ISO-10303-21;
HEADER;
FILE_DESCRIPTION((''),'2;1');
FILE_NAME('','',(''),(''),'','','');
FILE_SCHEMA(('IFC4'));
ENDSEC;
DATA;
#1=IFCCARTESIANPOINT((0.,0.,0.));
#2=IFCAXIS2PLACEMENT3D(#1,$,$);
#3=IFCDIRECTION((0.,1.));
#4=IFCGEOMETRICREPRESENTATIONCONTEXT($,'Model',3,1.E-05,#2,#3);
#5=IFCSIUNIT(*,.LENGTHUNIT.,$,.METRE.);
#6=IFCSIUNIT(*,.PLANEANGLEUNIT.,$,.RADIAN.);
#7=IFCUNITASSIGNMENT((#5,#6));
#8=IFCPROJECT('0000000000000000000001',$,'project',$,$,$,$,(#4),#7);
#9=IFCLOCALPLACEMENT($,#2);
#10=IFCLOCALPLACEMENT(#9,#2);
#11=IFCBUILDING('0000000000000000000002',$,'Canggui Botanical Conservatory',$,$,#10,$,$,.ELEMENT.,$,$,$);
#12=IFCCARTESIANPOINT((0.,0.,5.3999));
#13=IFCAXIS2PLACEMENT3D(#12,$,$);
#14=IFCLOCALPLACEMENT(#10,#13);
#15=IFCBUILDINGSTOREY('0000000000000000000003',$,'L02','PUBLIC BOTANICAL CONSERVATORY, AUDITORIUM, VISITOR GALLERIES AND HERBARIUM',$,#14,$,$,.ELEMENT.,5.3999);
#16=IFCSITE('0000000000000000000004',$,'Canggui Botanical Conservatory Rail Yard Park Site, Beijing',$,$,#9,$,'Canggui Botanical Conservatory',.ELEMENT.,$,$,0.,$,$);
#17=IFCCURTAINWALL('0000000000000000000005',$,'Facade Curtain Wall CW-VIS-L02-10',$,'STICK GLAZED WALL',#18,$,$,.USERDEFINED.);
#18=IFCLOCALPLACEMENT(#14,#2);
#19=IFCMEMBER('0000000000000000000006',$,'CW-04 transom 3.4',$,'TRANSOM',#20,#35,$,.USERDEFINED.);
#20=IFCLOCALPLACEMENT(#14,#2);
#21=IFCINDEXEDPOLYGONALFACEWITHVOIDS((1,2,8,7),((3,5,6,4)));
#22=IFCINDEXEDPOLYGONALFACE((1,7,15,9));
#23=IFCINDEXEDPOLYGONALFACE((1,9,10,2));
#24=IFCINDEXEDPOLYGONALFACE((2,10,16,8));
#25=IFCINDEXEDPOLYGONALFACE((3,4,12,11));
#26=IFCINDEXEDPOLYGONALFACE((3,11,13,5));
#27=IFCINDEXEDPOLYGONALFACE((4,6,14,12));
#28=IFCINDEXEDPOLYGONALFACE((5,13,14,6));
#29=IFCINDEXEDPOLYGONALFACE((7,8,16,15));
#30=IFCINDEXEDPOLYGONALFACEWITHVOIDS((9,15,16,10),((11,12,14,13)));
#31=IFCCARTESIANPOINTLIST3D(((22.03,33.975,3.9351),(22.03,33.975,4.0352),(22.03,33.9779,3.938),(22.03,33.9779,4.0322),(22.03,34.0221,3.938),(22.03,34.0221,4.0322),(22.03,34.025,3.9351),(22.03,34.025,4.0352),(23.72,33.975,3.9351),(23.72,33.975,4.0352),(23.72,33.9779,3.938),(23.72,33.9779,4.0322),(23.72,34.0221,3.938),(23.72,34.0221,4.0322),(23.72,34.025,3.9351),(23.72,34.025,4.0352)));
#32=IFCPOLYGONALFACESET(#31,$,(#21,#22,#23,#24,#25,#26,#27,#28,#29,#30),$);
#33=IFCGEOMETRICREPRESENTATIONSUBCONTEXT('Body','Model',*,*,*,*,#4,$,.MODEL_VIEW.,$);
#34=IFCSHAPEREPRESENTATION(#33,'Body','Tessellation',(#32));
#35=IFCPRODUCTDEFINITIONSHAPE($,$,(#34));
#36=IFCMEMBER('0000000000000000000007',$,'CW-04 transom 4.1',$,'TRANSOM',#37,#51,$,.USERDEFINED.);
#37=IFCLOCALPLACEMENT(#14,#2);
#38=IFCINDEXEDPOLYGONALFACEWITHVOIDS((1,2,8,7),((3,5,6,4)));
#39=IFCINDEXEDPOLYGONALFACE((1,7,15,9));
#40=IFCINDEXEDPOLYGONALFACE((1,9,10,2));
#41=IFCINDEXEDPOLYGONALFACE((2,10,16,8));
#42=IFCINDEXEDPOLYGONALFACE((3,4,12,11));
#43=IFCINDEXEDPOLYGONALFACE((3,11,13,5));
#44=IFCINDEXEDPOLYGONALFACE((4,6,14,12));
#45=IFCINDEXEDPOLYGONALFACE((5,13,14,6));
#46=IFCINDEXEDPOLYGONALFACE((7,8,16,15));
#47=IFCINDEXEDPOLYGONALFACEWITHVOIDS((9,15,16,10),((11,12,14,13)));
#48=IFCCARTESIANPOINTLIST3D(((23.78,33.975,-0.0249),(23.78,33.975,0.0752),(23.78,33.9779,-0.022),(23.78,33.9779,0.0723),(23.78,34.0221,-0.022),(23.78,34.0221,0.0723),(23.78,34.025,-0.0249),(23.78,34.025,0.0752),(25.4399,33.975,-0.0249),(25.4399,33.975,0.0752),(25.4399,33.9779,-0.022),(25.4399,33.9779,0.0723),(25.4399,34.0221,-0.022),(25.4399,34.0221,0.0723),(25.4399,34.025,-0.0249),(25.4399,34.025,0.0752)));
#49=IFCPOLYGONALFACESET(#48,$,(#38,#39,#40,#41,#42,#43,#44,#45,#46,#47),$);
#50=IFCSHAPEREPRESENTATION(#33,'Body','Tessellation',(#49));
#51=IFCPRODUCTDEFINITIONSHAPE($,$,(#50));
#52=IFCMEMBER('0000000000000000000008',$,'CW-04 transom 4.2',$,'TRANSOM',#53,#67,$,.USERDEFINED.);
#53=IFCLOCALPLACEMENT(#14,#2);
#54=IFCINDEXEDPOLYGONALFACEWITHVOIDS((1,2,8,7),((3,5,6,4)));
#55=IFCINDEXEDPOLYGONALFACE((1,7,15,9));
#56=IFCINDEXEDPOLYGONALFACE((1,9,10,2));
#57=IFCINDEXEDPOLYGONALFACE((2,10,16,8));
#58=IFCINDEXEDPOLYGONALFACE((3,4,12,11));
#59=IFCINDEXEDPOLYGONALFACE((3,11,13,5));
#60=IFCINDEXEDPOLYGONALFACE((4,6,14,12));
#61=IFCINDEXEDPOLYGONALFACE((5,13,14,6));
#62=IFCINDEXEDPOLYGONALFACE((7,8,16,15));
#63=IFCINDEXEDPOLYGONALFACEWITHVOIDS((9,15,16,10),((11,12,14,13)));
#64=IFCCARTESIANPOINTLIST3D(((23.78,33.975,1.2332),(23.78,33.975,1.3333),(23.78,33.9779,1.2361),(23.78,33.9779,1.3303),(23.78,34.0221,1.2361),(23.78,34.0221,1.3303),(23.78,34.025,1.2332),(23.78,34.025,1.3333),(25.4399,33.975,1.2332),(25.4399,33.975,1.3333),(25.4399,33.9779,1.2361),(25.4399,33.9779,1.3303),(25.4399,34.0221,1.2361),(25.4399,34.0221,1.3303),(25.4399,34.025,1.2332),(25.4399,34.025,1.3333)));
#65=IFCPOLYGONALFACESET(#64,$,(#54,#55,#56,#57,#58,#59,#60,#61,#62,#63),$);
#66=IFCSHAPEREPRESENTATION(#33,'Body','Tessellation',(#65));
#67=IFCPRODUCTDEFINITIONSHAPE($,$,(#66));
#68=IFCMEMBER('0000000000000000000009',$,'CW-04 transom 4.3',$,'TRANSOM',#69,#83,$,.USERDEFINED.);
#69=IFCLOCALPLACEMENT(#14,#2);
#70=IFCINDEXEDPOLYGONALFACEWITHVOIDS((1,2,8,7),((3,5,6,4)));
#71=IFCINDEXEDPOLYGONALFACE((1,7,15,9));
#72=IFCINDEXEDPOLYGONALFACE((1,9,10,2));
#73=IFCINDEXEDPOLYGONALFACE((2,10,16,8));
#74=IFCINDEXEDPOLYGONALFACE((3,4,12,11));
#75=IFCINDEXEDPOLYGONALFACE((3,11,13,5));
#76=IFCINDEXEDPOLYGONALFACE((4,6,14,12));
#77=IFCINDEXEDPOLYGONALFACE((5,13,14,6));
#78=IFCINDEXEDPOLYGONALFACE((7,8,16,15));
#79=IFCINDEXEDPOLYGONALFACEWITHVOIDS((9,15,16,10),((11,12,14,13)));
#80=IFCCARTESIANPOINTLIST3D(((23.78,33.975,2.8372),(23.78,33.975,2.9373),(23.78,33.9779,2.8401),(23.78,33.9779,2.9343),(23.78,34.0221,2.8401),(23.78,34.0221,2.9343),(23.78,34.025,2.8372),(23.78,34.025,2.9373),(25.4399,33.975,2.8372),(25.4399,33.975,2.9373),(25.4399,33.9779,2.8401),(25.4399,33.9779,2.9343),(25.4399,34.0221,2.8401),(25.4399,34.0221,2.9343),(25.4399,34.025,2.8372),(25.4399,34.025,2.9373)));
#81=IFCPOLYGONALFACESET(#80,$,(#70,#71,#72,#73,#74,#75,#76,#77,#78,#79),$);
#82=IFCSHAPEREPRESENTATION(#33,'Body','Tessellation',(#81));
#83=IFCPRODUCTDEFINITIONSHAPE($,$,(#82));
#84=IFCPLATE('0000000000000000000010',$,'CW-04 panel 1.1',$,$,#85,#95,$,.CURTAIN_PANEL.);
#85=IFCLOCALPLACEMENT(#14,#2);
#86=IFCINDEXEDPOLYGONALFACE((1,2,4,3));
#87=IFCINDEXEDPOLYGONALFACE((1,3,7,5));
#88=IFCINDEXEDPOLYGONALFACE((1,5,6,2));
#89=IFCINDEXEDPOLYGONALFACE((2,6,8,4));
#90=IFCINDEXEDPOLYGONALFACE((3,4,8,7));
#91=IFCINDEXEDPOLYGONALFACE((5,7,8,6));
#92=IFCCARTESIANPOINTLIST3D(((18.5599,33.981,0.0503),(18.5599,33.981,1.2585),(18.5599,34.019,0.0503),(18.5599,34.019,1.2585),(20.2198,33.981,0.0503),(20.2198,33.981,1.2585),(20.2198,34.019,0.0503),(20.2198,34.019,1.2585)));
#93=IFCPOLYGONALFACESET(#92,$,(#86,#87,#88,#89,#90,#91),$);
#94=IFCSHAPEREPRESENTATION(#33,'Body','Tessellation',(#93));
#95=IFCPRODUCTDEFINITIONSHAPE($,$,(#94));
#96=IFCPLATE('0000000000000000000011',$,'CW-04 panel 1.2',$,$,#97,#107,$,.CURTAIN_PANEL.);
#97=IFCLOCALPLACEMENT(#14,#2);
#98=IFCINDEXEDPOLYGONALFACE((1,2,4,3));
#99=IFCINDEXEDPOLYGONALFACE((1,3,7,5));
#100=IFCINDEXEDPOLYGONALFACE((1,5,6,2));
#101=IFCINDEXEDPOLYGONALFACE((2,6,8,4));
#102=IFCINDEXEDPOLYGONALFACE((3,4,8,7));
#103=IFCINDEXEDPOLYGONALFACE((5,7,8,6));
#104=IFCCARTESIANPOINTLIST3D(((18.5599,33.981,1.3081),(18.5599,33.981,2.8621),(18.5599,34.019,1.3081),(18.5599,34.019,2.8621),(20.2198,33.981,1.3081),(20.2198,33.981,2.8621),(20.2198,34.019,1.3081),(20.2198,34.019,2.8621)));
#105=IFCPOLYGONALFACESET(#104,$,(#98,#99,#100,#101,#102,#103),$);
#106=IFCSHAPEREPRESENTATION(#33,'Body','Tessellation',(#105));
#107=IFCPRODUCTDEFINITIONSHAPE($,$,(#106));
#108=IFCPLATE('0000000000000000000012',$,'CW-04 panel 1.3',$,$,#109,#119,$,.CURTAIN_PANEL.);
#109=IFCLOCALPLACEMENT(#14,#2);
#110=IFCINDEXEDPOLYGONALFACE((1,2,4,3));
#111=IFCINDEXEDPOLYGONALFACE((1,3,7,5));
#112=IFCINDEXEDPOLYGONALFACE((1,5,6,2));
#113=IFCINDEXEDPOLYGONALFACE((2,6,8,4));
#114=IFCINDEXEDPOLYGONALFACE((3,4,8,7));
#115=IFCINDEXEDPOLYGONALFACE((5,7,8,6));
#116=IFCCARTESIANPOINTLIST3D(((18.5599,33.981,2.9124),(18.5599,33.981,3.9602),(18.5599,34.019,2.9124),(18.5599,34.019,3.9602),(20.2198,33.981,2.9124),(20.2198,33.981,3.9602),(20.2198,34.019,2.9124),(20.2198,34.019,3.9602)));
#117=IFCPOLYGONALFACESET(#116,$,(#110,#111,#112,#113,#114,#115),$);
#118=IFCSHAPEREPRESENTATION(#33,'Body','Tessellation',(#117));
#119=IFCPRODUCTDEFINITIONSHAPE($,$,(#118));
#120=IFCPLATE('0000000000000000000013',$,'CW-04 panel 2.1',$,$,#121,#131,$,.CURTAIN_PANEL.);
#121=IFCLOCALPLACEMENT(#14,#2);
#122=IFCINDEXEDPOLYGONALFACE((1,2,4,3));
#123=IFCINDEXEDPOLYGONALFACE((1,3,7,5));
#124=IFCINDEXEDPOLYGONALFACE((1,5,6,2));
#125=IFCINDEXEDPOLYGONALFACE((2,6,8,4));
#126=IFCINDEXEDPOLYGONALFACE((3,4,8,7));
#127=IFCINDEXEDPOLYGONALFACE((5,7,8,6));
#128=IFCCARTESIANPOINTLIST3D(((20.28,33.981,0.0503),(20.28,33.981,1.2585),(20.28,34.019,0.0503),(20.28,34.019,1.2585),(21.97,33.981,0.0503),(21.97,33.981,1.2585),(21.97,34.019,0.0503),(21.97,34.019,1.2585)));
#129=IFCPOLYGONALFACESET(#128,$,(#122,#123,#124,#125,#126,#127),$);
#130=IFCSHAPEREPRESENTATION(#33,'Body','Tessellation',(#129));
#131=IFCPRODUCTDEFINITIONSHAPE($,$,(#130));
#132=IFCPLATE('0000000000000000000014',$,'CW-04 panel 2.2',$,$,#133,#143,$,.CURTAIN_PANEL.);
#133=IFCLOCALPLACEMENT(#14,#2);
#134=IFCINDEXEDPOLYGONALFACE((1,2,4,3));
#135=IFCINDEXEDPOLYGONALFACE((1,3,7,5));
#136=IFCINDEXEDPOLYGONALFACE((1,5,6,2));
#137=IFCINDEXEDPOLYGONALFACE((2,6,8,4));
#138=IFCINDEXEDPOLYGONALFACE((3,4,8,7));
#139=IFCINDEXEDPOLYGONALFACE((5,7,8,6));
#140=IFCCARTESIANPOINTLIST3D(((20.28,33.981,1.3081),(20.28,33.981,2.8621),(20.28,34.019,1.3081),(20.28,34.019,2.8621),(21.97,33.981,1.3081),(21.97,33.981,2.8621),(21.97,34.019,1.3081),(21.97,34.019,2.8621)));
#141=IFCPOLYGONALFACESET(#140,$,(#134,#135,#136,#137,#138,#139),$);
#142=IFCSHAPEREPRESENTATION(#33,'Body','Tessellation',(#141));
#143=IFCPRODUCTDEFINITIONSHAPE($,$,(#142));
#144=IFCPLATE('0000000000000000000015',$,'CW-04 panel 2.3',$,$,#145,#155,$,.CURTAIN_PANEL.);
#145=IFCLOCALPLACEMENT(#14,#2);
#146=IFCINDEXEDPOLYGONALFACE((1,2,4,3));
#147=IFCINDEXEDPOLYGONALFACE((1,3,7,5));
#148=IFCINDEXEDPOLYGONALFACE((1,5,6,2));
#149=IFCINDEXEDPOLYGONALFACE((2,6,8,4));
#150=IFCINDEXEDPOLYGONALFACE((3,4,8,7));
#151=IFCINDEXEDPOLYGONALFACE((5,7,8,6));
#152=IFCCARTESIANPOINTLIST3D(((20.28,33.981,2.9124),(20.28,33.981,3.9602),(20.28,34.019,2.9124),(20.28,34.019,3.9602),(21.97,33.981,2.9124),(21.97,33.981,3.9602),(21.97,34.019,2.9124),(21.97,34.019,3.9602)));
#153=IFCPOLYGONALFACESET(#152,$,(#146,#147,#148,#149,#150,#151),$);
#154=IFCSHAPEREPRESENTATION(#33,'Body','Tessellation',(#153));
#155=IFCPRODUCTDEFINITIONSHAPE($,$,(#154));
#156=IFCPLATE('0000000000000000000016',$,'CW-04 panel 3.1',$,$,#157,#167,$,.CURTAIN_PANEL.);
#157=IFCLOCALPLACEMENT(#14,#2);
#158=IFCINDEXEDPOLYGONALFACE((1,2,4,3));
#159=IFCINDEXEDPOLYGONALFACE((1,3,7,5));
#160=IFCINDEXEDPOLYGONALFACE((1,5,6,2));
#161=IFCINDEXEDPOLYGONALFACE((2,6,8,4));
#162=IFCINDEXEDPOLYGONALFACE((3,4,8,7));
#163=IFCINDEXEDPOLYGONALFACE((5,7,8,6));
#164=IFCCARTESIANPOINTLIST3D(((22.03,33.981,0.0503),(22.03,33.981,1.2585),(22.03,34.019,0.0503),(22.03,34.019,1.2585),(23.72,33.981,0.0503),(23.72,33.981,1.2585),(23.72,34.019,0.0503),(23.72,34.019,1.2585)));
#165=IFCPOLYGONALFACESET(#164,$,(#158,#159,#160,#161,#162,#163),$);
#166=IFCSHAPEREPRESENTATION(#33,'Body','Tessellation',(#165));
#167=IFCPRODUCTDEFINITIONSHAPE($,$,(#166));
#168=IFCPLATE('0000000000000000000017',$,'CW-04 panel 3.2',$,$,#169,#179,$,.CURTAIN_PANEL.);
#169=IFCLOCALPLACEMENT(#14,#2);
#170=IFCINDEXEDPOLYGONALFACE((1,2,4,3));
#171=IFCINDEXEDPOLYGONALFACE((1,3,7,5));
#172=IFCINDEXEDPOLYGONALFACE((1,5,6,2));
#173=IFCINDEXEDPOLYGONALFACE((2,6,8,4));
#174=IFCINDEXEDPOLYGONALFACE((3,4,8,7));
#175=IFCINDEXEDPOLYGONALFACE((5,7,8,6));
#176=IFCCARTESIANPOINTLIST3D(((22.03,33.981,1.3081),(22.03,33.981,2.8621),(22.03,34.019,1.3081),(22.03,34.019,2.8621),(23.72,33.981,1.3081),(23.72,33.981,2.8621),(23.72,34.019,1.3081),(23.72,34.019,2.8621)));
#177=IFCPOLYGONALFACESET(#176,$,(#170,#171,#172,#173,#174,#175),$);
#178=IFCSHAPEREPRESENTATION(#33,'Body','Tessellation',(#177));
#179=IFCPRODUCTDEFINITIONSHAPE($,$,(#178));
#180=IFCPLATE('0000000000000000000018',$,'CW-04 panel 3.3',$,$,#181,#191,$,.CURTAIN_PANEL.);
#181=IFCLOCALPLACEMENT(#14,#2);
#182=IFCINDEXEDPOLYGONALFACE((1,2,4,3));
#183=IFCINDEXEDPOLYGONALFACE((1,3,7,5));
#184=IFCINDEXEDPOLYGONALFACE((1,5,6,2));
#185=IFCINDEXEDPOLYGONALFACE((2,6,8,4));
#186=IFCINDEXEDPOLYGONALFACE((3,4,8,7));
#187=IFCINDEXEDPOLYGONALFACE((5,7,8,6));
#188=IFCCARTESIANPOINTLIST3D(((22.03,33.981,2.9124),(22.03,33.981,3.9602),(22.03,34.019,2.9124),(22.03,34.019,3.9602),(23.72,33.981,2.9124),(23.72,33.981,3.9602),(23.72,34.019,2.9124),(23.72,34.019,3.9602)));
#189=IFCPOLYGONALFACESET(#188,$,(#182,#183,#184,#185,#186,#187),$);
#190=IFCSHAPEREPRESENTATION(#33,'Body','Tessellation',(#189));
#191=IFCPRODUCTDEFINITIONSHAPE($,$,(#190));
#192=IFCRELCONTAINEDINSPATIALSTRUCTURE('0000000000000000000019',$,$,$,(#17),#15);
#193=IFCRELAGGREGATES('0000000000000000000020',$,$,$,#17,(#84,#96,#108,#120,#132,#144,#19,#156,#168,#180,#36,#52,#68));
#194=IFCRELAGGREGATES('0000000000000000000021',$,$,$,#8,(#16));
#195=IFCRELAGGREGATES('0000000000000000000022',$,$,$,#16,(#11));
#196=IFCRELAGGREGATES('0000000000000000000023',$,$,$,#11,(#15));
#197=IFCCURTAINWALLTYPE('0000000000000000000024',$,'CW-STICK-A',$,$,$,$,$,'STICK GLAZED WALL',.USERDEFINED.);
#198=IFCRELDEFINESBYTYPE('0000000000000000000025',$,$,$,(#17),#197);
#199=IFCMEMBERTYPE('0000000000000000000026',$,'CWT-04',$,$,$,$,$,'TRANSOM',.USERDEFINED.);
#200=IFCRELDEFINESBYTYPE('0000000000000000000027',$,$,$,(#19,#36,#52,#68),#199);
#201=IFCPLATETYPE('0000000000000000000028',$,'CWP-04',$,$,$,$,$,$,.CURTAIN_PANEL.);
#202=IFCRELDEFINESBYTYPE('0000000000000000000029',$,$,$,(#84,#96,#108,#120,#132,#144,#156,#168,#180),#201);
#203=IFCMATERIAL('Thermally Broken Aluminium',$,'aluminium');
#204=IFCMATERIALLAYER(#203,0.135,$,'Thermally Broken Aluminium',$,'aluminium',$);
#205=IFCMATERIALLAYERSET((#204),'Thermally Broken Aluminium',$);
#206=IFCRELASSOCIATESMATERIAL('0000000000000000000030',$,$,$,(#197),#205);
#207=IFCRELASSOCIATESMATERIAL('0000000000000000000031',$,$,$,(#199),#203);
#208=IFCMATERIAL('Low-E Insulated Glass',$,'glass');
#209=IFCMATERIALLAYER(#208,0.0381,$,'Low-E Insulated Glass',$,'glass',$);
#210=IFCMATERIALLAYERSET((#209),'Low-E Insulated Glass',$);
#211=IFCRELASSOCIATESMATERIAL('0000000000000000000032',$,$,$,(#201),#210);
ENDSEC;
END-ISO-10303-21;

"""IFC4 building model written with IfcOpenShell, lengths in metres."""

from ifc_helpers import new_model, si_unit, direction, frame, origin, origin_2d, place, context, subcontext, project, spatial, rectangle, hollow_rectangle, extrude, material, layer, layer_set, material_profile, profile_set, type_object, element, aggregate, save


model = new_model("IFC4")

# Units and contexts
model_context = context("Model", 3, precision=1e-05, world=origin(), true_north=direction((0.0, 1.0)))
body_context = subcontext(model_context, "Body", "Model", "MODEL_VIEW")
ifc_project = project(units=[si_unit("LENGTHUNIT", "METRE"), si_unit("PLANEANGLEUNIT", "RADIAN")], contexts=[model_context])

# Site, building, storey
site_placement = place(None, origin())
site = spatial("IfcSite", under=ifc_project, at=site_placement, Name="Canggui Botanical Conservatory Rail Yard Park Site, Beijing", LongName="Canggui Botanical Conservatory", CompositionType="ELEMENT", RefElevation=0.0)
building_placement = place(site_placement, origin())
building = spatial("IfcBuilding", under=site, at=building_placement, Name="Canggui Botanical Conservatory", CompositionType="ELEMENT")
storey_placement = place(building_placement, frame((0.0, 0.0, 5.3999)))
storey = spatial("IfcBuildingStorey", under=building, at=storey_placement, Name="L02", Description="PUBLIC BOTANICAL CONSERVATORY, AUDITORIUM, VISITOR GALLERIES AND HERBARIUM", CompositionType="ELEMENT", Elevation=5.3999)

# Curtain wall, members, plates
ifc_material_1 = material(Name="Thermally Broken Aluminium", Category="aluminium")
ifc_layer_1 = layer(ifc_material_1, 0.135, Name="Thermally Broken Aluminium", Category="aluminium")
ifc_layer_set_1 = layer_set([ifc_layer_1], Name="Thermally Broken Aluminium")
curtain_wall_type = type_object("IfcCurtainWallType", Name="CW-STICK-A", ElementType="STICK GLAZED WALL", PredefinedType="USERDEFINED", material=ifc_layer_set_1)
curtain_wall_placement = place(storey_placement, origin())
curtain_wall = element("IfcCurtainWall", 1, at=curtain_wall_placement, inside=storey, type_object=curtain_wall_type, Name="Facade Curtain Wall CW-VIS-L02-10", ObjectType="STICK GLAZED WALL", PredefinedType="USERDEFINED")
ifc_material_profile_1 = material_profile(ifc_material_1, hollow_rectangle(XDim=0.05, YDim=0.1001, WallThickness=0.0029, at=origin_2d()), Name="CWT 50x100x3")
ifc_profile_set_1 = profile_set([ifc_material_profile_1], Name="Thermally Broken Aluminium")
member_type_1 = type_object("IfcMemberType", Name="CWT-04", ElementType="TRANSOM", PredefinedType="USERDEFINED", material=ifc_profile_set_1)
member_1_placement = place(storey_placement, frame((22.03, 34.0, 3.9851), z_axis=(1.0, 0.0, 0.0), x_axis=(0.0, 1.0, 0.0)))
member_1 = element("IfcMember", 2, at=member_1_placement, type_object=member_type_1, Name="CW-04 transom 3.4", ObjectType="TRANSOM", PredefinedType="USERDEFINED", context=body_context, shape_type="SweptSolid", body=[
    extrude(hollow_rectangle(XDim=0.05, YDim=0.1001, WallThickness=0.0029, at=origin_2d()), origin(), (0.0, 0.0, 1.0), 1.6899),
])
member_2_placement = place(storey_placement, frame((23.78, 34.0, 0.0251), z_axis=(1.0, 0.0, 0.0), x_axis=(0.0, 1.0, 0.0)))
member_2 = element("IfcMember", 3, at=member_2_placement, type_object=member_type_1, Name="CW-04 transom 4.1", ObjectType="TRANSOM", PredefinedType="USERDEFINED", context=body_context, shape_type="SweptSolid", body=[
    extrude(hollow_rectangle(XDim=0.05, YDim=0.1001, WallThickness=0.0029, at=origin_2d()), origin(), (0.0, 0.0, 1.0), 1.6599),
])
member_3_placement = place(storey_placement, frame((23.78, 34.0, 1.2832), z_axis=(1.0, 0.0, 0.0), x_axis=(0.0, 1.0, 0.0)))
member_3 = element("IfcMember", 4, at=member_3_placement, type_object=member_type_1, Name="CW-04 transom 4.2", ObjectType="TRANSOM", PredefinedType="USERDEFINED", context=body_context, shape_type="SweptSolid", body=[
    extrude(hollow_rectangle(XDim=0.05, YDim=0.1001, WallThickness=0.0029, at=origin_2d()), origin(), (0.0, 0.0, 1.0), 1.6599),
])
member_4_placement = place(storey_placement, frame((23.78, 34.0, 2.8872), z_axis=(1.0, 0.0, 0.0), x_axis=(0.0, 1.0, 0.0)))
member_4 = element("IfcMember", 5, at=member_4_placement, type_object=member_type_1, Name="CW-04 transom 4.3", ObjectType="TRANSOM", PredefinedType="USERDEFINED", context=body_context, shape_type="SweptSolid", body=[
    extrude(hollow_rectangle(XDim=0.05, YDim=0.1001, WallThickness=0.0029, at=origin_2d()), origin(), (0.0, 0.0, 1.0), 1.6599),
])
ifc_material_2 = material(Name="Low-E Insulated Glass", Category="glass")
ifc_layer_2 = layer(ifc_material_2, 0.0381, Name="Low-E Insulated Glass", Category="glass")
ifc_layer_set_2 = layer_set([ifc_layer_2], Name="Low-E Insulated Glass")
plate_type = type_object("IfcPlateType", Name="CWP-04", PredefinedType="CURTAIN_PANEL", material=ifc_layer_set_2)
plate_1_placement = place(storey_placement, frame((19.3899, 34.0, 0.0503), z_axis=(0.0, 0.0, 1.0), x_axis=(1.0, 0.0, 0.0)))
plate_1 = element("IfcPlate", 6, at=plate_1_placement, type_object=plate_type, Name="CW-04 panel 1.1", PredefinedType="CURTAIN_PANEL", context=body_context, shape_type="SweptSolid", body=[
    extrude(rectangle(XDim=1.6599, YDim=0.0381, at=origin_2d()), origin(), (0.0, 0.0, 1.0), 1.2083),
])
plate_2_placement = place(storey_placement, frame((19.3899, 34.0, 1.3081), z_axis=(0.0, 0.0, 1.0), x_axis=(1.0, 0.0, 0.0)))
plate_2 = element("IfcPlate", 7, at=plate_2_placement, type_object=plate_type, Name="CW-04 panel 1.2", PredefinedType="CURTAIN_PANEL", context=body_context, shape_type="SweptSolid", body=[
    extrude(rectangle(XDim=1.6599, YDim=0.0381, at=origin_2d()), origin(), (0.0, 0.0, 1.0), 1.554),
])
plate_3_placement = place(storey_placement, frame((19.3899, 34.0, 2.9124), z_axis=(0.0, 0.0, 1.0), x_axis=(1.0, 0.0, 0.0)))
plate_3 = element("IfcPlate", 8, at=plate_3_placement, type_object=plate_type, Name="CW-04 panel 1.3", PredefinedType="CURTAIN_PANEL", context=body_context, shape_type="SweptSolid", body=[
    extrude(rectangle(XDim=1.6599, YDim=0.0381, at=origin_2d()), origin(), (0.0, 0.0, 1.0), 1.0479),
])
plate_4_placement = place(storey_placement, frame((21.125, 34.0, 0.0503), z_axis=(0.0, 0.0, 1.0), x_axis=(1.0, 0.0, 0.0)))
plate_4 = element("IfcPlate", 9, at=plate_4_placement, type_object=plate_type, Name="CW-04 panel 2.1", PredefinedType="CURTAIN_PANEL", context=body_context, shape_type="SweptSolid", body=[
    extrude(rectangle(XDim=1.6899, YDim=0.0381, at=origin_2d()), origin(), (0.0, 0.0, 1.0), 1.2083),
])
plate_5_placement = place(storey_placement, frame((21.125, 34.0, 1.3081), z_axis=(0.0, 0.0, 1.0), x_axis=(1.0, 0.0, 0.0)))
plate_5 = element("IfcPlate", 10, at=plate_5_placement, type_object=plate_type, Name="CW-04 panel 2.2", PredefinedType="CURTAIN_PANEL", context=body_context, shape_type="SweptSolid", body=[
    extrude(rectangle(XDim=1.6899, YDim=0.0381, at=origin_2d()), origin(), (0.0, 0.0, 1.0), 1.554),
])
plate_6_placement = place(storey_placement, frame((21.125, 34.0, 2.9124), z_axis=(0.0, 0.0, 1.0), x_axis=(1.0, 0.0, 0.0)))
plate_6 = element("IfcPlate", 11, at=plate_6_placement, type_object=plate_type, Name="CW-04 panel 2.3", PredefinedType="CURTAIN_PANEL", context=body_context, shape_type="SweptSolid", body=[
    extrude(rectangle(XDim=1.6899, YDim=0.0381, at=origin_2d()), origin(), (0.0, 0.0, 1.0), 1.0479),
])
plate_7_placement = place(storey_placement, frame((22.875, 34.0, 0.0503), z_axis=(0.0, 0.0, 1.0), x_axis=(1.0, 0.0, 0.0)))
plate_7 = element("IfcPlate", 12, at=plate_7_placement, type_object=plate_type, Name="CW-04 panel 3.1", PredefinedType="CURTAIN_PANEL", context=body_context, shape_type="SweptSolid", body=[
    extrude(rectangle(XDim=1.6899, YDim=0.0381, at=origin_2d()), origin(), (0.0, 0.0, 1.0), 1.2083),
])
plate_8_placement = place(storey_placement, frame((22.875, 34.0, 1.3081), z_axis=(0.0, 0.0, 1.0), x_axis=(1.0, 0.0, 0.0)))
plate_8 = element("IfcPlate", 13, at=plate_8_placement, type_object=plate_type, Name="CW-04 panel 3.2", PredefinedType="CURTAIN_PANEL", context=body_context, shape_type="SweptSolid", body=[
    extrude(rectangle(XDim=1.6899, YDim=0.0381, at=origin_2d()), origin(), (0.0, 0.0, 1.0), 1.554),
])
plate_9_placement = place(storey_placement, frame((22.875, 34.0, 2.9124), z_axis=(0.0, 0.0, 1.0), x_axis=(1.0, 0.0, 0.0)))
plate_9 = element("IfcPlate", 14, at=plate_9_placement, type_object=plate_type, Name="CW-04 panel 3.3", PredefinedType="CURTAIN_PANEL", context=body_context, shape_type="SweptSolid", body=[
    extrude(rectangle(XDim=1.6899, YDim=0.0381, at=origin_2d()), origin(), (0.0, 0.0, 1.0), 1.0479),
])
aggregate(curtain_wall, [plate_1, plate_2, plate_3, plate_4, plate_5, plate_6, member_1, plate_7, plate_8, plate_9, member_2, member_3, member_4])

save(model, "model.ifc")
